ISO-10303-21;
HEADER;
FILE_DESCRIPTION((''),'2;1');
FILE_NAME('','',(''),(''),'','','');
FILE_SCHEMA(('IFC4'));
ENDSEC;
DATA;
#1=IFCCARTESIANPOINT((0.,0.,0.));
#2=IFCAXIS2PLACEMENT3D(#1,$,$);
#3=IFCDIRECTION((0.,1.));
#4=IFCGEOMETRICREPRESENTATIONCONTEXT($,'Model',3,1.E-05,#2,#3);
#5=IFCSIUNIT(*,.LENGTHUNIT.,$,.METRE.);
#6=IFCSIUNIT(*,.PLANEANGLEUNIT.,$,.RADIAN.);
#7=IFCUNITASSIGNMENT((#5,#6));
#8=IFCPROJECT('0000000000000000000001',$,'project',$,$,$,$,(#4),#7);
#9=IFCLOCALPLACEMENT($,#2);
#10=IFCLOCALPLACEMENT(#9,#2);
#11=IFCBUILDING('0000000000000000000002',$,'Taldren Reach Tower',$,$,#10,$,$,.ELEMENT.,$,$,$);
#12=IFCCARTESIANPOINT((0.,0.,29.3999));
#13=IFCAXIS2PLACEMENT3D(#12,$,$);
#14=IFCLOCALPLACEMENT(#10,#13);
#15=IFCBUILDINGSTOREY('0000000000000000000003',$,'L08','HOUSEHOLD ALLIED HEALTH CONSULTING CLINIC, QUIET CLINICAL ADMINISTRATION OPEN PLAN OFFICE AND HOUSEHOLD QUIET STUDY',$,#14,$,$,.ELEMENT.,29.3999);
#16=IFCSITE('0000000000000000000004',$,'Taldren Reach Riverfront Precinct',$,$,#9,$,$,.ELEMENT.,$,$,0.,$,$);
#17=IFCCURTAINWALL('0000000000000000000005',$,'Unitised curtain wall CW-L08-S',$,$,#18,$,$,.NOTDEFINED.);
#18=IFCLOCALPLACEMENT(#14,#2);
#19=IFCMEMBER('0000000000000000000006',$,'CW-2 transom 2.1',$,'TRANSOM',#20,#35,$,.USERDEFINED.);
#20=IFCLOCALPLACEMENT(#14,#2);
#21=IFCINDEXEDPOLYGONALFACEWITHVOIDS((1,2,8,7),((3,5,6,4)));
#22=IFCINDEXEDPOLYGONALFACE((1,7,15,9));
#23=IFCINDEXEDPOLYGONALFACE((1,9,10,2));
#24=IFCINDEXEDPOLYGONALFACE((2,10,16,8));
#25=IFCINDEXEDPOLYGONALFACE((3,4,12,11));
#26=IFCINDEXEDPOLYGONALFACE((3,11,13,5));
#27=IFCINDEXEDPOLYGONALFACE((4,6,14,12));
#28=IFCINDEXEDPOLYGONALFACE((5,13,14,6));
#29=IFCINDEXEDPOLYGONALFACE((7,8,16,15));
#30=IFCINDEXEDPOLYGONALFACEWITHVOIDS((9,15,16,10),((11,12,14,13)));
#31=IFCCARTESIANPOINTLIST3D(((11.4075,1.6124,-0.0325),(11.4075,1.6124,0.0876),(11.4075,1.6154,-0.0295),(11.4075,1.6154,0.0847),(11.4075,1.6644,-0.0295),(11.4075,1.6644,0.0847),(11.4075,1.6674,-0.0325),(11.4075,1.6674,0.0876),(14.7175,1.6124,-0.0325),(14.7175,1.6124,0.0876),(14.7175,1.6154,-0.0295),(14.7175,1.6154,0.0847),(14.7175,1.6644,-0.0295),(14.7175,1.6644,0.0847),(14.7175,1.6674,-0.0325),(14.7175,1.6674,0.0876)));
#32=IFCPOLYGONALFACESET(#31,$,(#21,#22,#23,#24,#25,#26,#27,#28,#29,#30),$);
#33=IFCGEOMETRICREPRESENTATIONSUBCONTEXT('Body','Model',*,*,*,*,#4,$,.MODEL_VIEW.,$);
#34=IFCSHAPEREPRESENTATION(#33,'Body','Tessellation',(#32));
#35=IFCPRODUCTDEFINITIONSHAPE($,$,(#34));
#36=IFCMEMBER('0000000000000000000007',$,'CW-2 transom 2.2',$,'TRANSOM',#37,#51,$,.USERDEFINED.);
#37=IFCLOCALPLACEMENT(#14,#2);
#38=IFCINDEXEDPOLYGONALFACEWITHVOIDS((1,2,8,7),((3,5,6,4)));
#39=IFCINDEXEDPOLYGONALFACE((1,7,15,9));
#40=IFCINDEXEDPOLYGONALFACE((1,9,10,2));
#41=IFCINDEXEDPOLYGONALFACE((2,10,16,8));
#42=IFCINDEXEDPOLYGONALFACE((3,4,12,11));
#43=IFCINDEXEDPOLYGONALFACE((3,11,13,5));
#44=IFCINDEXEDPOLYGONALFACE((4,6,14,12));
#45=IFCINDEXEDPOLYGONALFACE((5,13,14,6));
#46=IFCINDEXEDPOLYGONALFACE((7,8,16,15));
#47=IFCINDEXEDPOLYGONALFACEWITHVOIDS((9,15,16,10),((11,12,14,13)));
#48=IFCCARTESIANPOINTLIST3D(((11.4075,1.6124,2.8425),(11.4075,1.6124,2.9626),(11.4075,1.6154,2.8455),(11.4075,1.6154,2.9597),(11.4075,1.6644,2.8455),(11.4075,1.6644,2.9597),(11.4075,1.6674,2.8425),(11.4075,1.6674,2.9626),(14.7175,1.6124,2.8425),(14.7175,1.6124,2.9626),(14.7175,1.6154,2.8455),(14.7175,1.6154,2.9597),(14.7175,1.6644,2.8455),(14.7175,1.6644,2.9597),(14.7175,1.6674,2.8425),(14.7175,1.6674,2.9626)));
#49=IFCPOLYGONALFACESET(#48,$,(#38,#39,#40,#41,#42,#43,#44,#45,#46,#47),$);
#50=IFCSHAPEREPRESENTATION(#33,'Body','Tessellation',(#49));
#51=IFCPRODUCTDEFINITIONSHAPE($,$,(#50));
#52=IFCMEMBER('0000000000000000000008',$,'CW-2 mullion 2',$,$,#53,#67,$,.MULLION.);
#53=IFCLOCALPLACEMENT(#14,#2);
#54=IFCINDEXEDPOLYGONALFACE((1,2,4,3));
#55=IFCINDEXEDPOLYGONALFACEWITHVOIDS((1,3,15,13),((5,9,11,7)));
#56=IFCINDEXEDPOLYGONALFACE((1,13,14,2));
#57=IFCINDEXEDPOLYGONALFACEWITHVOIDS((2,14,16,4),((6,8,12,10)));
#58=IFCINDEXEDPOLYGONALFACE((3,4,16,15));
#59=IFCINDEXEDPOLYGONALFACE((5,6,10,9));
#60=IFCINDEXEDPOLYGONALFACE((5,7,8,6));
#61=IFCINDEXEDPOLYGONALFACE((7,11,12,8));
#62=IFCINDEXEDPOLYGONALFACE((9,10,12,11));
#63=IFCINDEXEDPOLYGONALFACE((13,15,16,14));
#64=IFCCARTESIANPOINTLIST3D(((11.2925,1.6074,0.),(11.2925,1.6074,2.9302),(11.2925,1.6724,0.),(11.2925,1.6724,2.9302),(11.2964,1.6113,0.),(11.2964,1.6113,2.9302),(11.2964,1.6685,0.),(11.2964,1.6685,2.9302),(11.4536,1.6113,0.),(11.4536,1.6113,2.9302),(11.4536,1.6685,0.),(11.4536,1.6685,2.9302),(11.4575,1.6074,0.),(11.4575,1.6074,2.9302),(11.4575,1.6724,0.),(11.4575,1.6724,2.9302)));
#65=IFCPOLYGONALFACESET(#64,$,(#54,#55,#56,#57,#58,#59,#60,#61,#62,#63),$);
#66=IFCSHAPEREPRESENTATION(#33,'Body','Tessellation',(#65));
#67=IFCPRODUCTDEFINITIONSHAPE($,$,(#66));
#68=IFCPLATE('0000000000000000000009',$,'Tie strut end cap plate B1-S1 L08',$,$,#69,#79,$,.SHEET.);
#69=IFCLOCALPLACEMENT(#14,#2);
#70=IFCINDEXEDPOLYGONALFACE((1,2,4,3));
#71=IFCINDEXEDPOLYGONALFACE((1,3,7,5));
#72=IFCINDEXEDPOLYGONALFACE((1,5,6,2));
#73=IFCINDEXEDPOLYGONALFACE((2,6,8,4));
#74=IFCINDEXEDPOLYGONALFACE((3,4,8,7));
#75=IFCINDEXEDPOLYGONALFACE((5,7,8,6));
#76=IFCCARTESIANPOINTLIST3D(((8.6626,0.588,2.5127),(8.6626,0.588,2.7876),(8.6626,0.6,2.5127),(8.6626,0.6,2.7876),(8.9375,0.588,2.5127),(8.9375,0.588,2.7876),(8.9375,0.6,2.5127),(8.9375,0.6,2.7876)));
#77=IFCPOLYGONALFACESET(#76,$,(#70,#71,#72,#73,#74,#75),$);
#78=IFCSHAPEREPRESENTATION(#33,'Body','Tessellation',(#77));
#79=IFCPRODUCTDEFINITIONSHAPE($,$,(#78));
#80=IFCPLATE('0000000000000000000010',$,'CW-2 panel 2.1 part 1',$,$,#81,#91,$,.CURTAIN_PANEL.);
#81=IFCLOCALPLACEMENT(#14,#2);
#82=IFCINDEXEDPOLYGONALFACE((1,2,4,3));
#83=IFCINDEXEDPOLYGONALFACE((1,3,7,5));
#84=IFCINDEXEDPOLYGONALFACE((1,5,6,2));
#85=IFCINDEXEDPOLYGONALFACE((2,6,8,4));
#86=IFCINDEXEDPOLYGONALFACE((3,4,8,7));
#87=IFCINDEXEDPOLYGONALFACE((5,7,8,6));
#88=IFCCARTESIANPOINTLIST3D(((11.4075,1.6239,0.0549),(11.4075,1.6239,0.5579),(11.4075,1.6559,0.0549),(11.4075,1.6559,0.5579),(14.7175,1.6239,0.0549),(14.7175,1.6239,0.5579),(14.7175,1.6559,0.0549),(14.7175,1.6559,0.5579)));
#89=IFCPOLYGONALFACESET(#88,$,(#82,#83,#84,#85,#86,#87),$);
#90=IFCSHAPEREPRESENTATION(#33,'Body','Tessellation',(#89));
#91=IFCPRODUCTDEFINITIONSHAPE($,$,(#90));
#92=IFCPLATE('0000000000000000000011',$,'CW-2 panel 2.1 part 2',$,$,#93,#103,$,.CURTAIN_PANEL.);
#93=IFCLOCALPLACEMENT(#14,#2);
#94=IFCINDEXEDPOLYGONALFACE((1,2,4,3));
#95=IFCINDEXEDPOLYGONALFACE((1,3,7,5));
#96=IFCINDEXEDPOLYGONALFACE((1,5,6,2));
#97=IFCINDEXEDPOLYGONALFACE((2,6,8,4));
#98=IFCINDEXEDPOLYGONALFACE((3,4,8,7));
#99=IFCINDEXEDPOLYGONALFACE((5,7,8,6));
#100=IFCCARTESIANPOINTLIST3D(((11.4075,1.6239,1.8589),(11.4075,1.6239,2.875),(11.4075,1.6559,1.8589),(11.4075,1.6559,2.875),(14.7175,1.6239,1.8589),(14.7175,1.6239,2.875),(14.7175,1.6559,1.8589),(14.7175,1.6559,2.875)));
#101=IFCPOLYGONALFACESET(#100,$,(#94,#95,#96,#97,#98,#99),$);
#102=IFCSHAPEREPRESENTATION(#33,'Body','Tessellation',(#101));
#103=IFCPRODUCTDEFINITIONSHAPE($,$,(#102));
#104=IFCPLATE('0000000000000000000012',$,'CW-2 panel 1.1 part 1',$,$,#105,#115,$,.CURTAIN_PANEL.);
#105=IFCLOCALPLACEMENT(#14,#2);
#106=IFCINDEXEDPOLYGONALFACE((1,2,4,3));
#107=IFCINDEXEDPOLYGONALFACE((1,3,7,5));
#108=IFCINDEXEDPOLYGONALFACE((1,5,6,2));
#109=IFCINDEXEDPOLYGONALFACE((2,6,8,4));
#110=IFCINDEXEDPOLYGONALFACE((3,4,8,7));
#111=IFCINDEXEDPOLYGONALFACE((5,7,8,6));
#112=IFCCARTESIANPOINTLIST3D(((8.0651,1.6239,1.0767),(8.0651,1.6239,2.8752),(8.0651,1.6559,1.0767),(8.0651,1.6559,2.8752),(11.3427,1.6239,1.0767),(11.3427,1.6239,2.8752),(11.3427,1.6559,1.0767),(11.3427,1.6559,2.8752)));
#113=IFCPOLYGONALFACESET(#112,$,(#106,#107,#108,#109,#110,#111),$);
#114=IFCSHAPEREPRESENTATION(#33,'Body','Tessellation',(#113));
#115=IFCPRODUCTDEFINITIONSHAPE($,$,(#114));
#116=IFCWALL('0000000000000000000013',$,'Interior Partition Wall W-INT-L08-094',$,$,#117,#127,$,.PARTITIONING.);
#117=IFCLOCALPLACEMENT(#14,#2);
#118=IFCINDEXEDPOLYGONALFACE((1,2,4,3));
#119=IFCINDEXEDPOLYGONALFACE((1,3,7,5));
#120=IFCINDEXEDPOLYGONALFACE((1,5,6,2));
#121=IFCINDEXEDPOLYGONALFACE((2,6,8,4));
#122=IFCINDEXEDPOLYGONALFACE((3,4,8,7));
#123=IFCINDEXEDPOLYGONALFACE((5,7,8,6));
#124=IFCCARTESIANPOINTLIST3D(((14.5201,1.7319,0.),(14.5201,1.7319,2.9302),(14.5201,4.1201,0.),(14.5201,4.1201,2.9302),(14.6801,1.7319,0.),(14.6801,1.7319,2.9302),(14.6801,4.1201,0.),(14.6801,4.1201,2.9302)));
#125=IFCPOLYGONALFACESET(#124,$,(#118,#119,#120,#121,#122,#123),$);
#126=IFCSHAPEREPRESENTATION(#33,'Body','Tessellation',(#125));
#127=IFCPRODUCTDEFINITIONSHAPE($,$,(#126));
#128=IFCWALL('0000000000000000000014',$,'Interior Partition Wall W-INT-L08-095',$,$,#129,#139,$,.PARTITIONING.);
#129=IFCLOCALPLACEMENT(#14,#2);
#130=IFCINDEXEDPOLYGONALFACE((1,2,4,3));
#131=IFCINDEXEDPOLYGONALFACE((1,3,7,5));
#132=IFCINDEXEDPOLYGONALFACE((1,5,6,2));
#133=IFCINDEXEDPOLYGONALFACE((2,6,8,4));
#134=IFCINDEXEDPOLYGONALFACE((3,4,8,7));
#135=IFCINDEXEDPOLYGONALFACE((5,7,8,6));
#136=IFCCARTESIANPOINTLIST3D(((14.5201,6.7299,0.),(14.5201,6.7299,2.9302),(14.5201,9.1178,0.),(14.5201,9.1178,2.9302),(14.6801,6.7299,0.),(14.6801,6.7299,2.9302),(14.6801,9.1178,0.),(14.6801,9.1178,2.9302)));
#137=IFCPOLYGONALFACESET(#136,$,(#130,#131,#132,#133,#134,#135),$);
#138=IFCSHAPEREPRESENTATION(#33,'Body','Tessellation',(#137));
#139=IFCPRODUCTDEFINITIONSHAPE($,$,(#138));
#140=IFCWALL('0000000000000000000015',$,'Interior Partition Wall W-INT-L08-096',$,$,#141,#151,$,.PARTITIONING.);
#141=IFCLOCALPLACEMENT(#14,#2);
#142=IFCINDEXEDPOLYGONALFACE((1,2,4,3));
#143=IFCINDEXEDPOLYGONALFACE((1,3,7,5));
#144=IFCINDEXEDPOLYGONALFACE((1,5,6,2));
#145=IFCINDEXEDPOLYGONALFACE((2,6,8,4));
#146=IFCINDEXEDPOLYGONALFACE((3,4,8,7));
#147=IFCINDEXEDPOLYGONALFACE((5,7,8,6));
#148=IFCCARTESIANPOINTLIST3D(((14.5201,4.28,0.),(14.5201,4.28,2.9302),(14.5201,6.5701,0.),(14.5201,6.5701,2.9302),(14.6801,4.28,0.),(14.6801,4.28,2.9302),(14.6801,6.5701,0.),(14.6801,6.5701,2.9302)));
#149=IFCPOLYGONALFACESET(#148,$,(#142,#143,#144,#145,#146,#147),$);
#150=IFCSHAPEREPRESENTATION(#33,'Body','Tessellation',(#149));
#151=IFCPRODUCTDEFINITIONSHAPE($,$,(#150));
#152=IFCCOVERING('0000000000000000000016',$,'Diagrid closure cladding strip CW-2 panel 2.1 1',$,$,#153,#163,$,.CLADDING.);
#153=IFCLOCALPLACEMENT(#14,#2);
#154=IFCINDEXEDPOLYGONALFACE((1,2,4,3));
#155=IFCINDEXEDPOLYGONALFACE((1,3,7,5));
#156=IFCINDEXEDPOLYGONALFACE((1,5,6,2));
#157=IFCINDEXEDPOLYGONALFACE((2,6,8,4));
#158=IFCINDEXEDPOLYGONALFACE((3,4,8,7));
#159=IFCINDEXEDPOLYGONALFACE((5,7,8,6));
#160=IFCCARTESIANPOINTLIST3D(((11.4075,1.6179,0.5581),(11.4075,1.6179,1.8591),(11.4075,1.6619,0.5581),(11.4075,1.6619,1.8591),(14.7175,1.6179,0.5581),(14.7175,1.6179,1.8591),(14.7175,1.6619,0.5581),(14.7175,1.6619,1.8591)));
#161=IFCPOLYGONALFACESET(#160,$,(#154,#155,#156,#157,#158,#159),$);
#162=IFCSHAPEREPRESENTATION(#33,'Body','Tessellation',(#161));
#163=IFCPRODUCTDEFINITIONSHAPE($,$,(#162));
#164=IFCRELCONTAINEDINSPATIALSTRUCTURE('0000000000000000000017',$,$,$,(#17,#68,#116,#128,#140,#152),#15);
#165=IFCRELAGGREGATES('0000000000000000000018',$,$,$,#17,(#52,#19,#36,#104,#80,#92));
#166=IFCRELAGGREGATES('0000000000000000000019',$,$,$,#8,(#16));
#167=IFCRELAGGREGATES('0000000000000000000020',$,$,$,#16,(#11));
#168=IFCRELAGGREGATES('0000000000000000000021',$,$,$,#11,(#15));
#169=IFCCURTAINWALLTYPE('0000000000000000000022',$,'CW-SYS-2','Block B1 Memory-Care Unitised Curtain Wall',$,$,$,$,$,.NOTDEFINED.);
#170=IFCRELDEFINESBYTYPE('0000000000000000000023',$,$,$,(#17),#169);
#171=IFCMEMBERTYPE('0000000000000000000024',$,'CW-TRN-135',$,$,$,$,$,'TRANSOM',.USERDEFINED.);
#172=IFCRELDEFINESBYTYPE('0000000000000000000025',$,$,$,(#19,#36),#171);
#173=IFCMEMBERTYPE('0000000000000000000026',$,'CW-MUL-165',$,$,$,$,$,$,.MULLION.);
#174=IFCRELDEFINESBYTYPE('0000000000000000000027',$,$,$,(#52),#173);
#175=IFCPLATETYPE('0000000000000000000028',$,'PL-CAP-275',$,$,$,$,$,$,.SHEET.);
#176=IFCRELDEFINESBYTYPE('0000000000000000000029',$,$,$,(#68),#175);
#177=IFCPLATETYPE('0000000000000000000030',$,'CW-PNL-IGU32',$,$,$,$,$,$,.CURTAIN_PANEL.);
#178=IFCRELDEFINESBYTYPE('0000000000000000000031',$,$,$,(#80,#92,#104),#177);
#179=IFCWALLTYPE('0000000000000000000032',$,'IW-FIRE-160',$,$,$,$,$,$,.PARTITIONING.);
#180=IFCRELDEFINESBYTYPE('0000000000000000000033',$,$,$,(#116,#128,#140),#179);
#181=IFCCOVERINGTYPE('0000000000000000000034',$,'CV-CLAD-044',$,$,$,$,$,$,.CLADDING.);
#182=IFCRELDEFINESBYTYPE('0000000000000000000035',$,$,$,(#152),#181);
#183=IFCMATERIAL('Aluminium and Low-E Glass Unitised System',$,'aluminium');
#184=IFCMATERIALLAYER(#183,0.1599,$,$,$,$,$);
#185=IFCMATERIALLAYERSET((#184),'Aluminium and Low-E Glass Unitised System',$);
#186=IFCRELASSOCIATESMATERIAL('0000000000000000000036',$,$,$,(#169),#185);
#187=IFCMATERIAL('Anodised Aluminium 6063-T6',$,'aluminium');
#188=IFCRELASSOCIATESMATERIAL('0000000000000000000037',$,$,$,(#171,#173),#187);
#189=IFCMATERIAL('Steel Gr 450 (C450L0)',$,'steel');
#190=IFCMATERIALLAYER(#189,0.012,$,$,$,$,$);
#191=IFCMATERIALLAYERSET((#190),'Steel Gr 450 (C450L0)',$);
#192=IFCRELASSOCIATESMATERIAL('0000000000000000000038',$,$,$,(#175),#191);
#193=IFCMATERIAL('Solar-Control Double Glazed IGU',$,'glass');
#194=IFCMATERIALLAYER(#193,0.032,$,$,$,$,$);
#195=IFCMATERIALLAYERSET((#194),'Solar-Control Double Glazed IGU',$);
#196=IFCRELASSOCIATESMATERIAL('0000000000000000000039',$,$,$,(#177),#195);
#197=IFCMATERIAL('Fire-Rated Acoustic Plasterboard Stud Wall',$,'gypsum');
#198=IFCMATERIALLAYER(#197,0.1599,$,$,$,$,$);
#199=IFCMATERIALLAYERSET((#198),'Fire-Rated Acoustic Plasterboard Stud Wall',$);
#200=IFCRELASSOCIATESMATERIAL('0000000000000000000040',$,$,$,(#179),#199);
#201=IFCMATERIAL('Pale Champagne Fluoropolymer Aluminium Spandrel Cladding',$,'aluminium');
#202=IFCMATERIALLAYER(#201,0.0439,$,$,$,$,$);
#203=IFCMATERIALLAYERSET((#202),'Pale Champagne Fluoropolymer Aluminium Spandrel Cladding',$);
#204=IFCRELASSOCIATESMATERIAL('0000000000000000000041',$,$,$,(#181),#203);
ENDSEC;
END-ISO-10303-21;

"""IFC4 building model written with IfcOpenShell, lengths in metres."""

from ifc_helpers import new_model, si_unit, direction, frame, frame_2d, origin, origin_2d, place, context, subcontext, project, spatial, rectangle, hollow_rectangle, extrude, source, transform, mapped, material, layer, layer_set, material_profile, profile_set, type_object, element, aggregate, save


model = new_model("IFC4")

# Units and contexts
model_context = context("Model", 3, precision=1e-05, world=origin(), true_north=direction((0.0, 1.0)))
body_context = subcontext(model_context, "Body", "Model", "MODEL_VIEW")
ifc_project = project(units=[si_unit("LENGTHUNIT", "METRE"), si_unit("PLANEANGLEUNIT", "RADIAN")], contexts=[model_context])

# Site, building, storey
site_placement = place(None, origin())
site = spatial("IfcSite", under=ifc_project, at=site_placement, Name="Taldren Reach Riverfront Precinct", CompositionType="ELEMENT", RefElevation=0.0)
building_placement = place(site_placement, origin())
building = spatial("IfcBuilding", under=site, at=building_placement, Name="Taldren Reach Tower", CompositionType="ELEMENT")
storey_placement = place(building_placement, frame((0.0, 0.0, 29.3999)))
storey = spatial("IfcBuildingStorey", under=building, at=storey_placement, Name="L08", Description="HOUSEHOLD ALLIED HEALTH CONSULTING CLINIC, QUIET CLINICAL ADMINISTRATION OPEN PLAN OFFICE AND HOUSEHOLD QUIET STUDY", CompositionType="ELEMENT", Elevation=29.3999)

# Shared definitions
ifc_material_1 = material(Name="Steel Gr 450 (C450L0)", Category="steel")

# Curtain wall, members
ifc_material_2 = material(Name="Aluminium and Low-E Glass Unitised System", Category="aluminium")
ifc_layer_1 = layer(ifc_material_2, 0.1599)
ifc_layer_set_1 = layer_set([ifc_layer_1], Name="Aluminium and Low-E Glass Unitised System")
curtain_wall_type = type_object("IfcCurtainWallType", Name="CW-SYS-2", Description="Block B1 Memory-Care Unitised Curtain Wall", PredefinedType="NOTDEFINED", material=ifc_layer_set_1)
curtain_wall_placement = place(storey_placement, origin())
curtain_wall = element("IfcCurtainWall", 1, at=curtain_wall_placement, inside=storey, type_object=curtain_wall_type, Name="Unitised curtain wall CW-L08-S", PredefinedType="NOTDEFINED")
ifc_material_3 = material(Name="Anodised Aluminium 6063-T6", Category="aluminium")
ifc_material_profile_1 = material_profile(ifc_material_3, hollow_rectangle(XDim=0.0549, YDim=0.1201, WallThickness=0.0029, at=origin_2d()), Name="ALU-120x55x3RHS")
ifc_profile_set_1 = profile_set([ifc_material_profile_1], Name="Anodised Aluminium 6063-T6")
member_type_1 = type_object("IfcMemberType", Name="CW-TRN-135", ElementType="TRANSOM", PredefinedType="USERDEFINED", material=ifc_profile_set_1)
shared_shape_1 = source(origin(), body_context, "Body", "SweptSolid", [
    extrude(hollow_rectangle(XDim=0.0549, YDim=0.1201, WallThickness=0.0029, at=origin_2d()), origin(), (0.0, 0.0, 1.0), 3.3101),
])
member_1_placement = place(storey_placement, frame((11.4075, 1.6399, 0.0276), z_axis=(1.0, 0.0, 0.0), x_axis=(0.0, 1.0, 0.0)))
member_1 = element("IfcMember", 2, at=member_1_placement, type_object=member_type_1, Name="CW-2 transom 2.1", ObjectType="TRANSOM", PredefinedType="USERDEFINED", context=body_context, shape_type="MappedRepresentation", body=[
    mapped(shared_shape_1, transform((0.0, 0.0, 0.0), scale=1.0)),
])
member_2_placement = place(storey_placement, frame((11.4075, 1.6399, 2.9026), z_axis=(1.0, 0.0, 0.0), x_axis=(0.0, 1.0, 0.0)))
member_2 = element("IfcMember", 3, at=member_2_placement, type_object=member_type_1, Name="CW-2 transom 2.2", ObjectType="TRANSOM", PredefinedType="USERDEFINED", context=body_context, shape_type="MappedRepresentation", body=[
    mapped(shared_shape_1, transform((0.0, 0.0, 0.0), scale=1.0)),
])
ifc_material_profile_2 = material_profile(ifc_material_3, hollow_rectangle(XDim=0.0649, YDim=0.165, WallThickness=0.0039, at=origin_2d()), Name="ALU-165x65x4RHS")
ifc_profile_set_2 = profile_set([ifc_material_profile_2], Name="Anodised Aluminium 6063-T6")
member_type_2 = type_object("IfcMemberType", Name="CW-MUL-165", PredefinedType="MULLION", material=ifc_profile_set_2)
shared_shape_2 = source(origin(), body_context, "Body", "SweptSolid", [
    extrude(hollow_rectangle(XDim=0.0649, YDim=0.165, WallThickness=0.0039, at=origin_2d()), origin(), (0.0, 0.0, 1.0), 2.9302),
])
member_3_placement = place(storey_placement, frame((11.375, 1.6399, 0.0), z_axis=(0.0, 0.0, 1.0), x_axis=(0.0, 1.0, 0.0)))
member_3 = element("IfcMember", 4, at=member_3_placement, type_object=member_type_2, Name="CW-2 mullion 2", PredefinedType="MULLION", context=body_context, shape_type="MappedRepresentation", body=[
    mapped(shared_shape_2, transform((0.0, 0.0, 0.0), scale=1.0)),
])

# Plates
ifc_layer_2 = layer(ifc_material_1, 0.012)
ifc_layer_set_2 = layer_set([ifc_layer_2], Name="Steel Gr 450 (C450L0)")
plate_type_1 = type_object("IfcPlateType", Name="PL-CAP-275", PredefinedType="SHEET", material=ifc_layer_set_2)
shared_shape_3 = source(origin(), body_context, "Body", "SweptSolid", [
    extrude(rectangle(XDim=0.2749, YDim=0.012, at=origin_2d()), origin(), (0.0, 0.0, 1.0), 0.2749),
])
plate_1_placement = place(storey_placement, frame((8.8, 0.594, 2.5127), z_axis=(0.0, 0.0, 1.0), x_axis=(1.0, 0.0, 0.0)))
element("IfcPlate", 5, at=plate_1_placement, inside=storey, type_object=plate_type_1, Name="Tie strut end cap plate B1-S1 L08", PredefinedType="SHEET", context=body_context, shape_type="MappedRepresentation", body=[
    mapped(shared_shape_3, transform((0.0, 0.0, 0.0), scale=1.0)),
])
ifc_material_4 = material(Name="Solar-Control Double Glazed IGU", Category="glass")
ifc_layer_3 = layer(ifc_material_4, 0.032)
ifc_layer_set_3 = layer_set([ifc_layer_3], Name="Solar-Control Double Glazed IGU")
plate_type_2 = type_object("IfcPlateType", Name="CW-PNL-IGU32", PredefinedType="CURTAIN_PANEL", material=ifc_layer_set_3)
shared_shape_4 = source(origin(), body_context, "Body", "SweptSolid", [
    extrude(rectangle(XDim=3.3101, YDim=0.032, at=origin_2d()), origin(), (0.0, 0.0, 1.0), 0.5029),
])
plate_2_placement = place(storey_placement, frame((13.0625, 1.6399, 0.0549), z_axis=(0.0, 0.0, 1.0), x_axis=(1.0, 0.0, 0.0)))
plate_2 = element("IfcPlate", 6, at=plate_2_placement, type_object=plate_type_2, Name="CW-2 panel 2.1 part 1", PredefinedType="CURTAIN_PANEL", context=body_context, shape_type="MappedRepresentation", body=[
    mapped(shared_shape_4, transform((0.0, 0.0, 0.0), scale=1.0)),
])
shared_shape_5 = source(origin(), body_context, "Body", "SweptSolid", [
    extrude(rectangle(XDim=3.3101, YDim=0.032, at=origin_2d()), origin(), (0.0, 0.0, 1.0), 1.0161),
])
plate_3_placement = place(storey_placement, frame((13.0625, 1.6399, 1.8589), z_axis=(0.0, 0.0, 1.0), x_axis=(1.0, 0.0, 0.0)))
plate_3 = element("IfcPlate", 7, at=plate_3_placement, type_object=plate_type_2, Name="CW-2 panel 2.1 part 2", PredefinedType="CURTAIN_PANEL", context=body_context, shape_type="MappedRepresentation", body=[
    mapped(shared_shape_5, transform((0.0, 0.0, 0.0), scale=1.0)),
])
shared_shape_6 = source(origin(), body_context, "Body", "SweptSolid", [
    extrude(rectangle(XDim=3.2776, YDim=0.032, at=origin_2d()), origin(), (0.0, 0.0, 1.0), 1.7986),
])
plate_4_placement = place(storey_placement, frame((9.7039, 1.6399, 1.0767), z_axis=(0.0, 0.0, 1.0), x_axis=(1.0, 0.0, 0.0)))
plate_4 = element("IfcPlate", 8, at=plate_4_placement, type_object=plate_type_2, Name="CW-2 panel 1.1 part 1", PredefinedType="CURTAIN_PANEL", context=body_context, shape_type="MappedRepresentation", body=[
    mapped(shared_shape_6, transform((0.0, 0.0, 0.0), scale=1.0)),
])
aggregate(curtain_wall, [member_3, member_1, member_2, plate_4, plate_2, plate_3])

# Walls
ifc_material_5 = material(Name="Fire-Rated Acoustic Plasterboard Stud Wall", Category="gypsum")
ifc_layer_4 = layer(ifc_material_5, 0.1599)
ifc_layer_set_4 = layer_set([ifc_layer_4], Name="Fire-Rated Acoustic Plasterboard Stud Wall")
wall_type = type_object("IfcWallType", Name="IW-FIRE-160", PredefinedType="PARTITIONING", material=ifc_layer_set_4)
shared_shape_7 = source(origin(), body_context, "Body", "SweptSolid", [
    extrude(rectangle(XDim=2.3882, YDim=0.1599, at=frame_2d((1.1941, 0.0))), origin(), (0.0, 0.0, 1.0), 2.9302),
])
wall_1_placement = place(storey_placement, frame((14.6001, 1.7319, 0.0), z_axis=(0.0, 0.0, 1.0), x_axis=(0.0, 1.0, 0.0)))
element("IfcWall", 9, at=wall_1_placement, inside=storey, type_object=wall_type, Name="Interior Partition Wall W-INT-L08-094", PredefinedType="PARTITIONING", context=body_context, shape_type="MappedRepresentation", body=[
    mapped(shared_shape_7, transform((0.0, 0.0, 0.0), scale=1.0)),
])
shared_shape_8 = source(origin(), body_context, "Body", "SweptSolid", [
    extrude(rectangle(XDim=2.3879, YDim=0.1599, at=frame_2d((1.1938, 0.0))), origin(), (0.0, 0.0, 1.0), 2.9302),
])
wall_2_placement = place(storey_placement, frame((14.6001, 6.73, 0.0), z_axis=(0.0, 0.0, 1.0), x_axis=(0.0, 1.0, 0.0)))
element("IfcWall", 10, at=wall_2_placement, inside=storey, type_object=wall_type, Name="Interior Partition Wall W-INT-L08-095", PredefinedType="PARTITIONING", context=body_context, shape_type="MappedRepresentation", body=[
    mapped(shared_shape_8, transform((0.0, 0.0, 0.0), scale=1.0)),
])
shared_shape_9 = source(origin(), body_context, "Body", "SweptSolid", [
    extrude(rectangle(XDim=2.29, YDim=0.1599, at=frame_2d((1.145, 0.0))), origin(), (0.0, 0.0, 1.0), 2.9302),
])
wall_3_placement = place(storey_placement, frame((14.6001, 4.28, 0.0), z_axis=(0.0, 0.0, 1.0), x_axis=(0.0, 1.0, 0.0)))
element("IfcWall", 11, at=wall_3_placement, inside=storey, type_object=wall_type, Name="Interior Partition Wall W-INT-L08-096", PredefinedType="PARTITIONING", context=body_context, shape_type="MappedRepresentation", body=[
    mapped(shared_shape_9, transform((0.0, 0.0, 0.0), scale=1.0)),
])

# Covering
ifc_material_6 = material(Name="Pale Champagne Fluoropolymer Aluminium Spandrel Cladding", Category="aluminium")
ifc_layer_5 = layer(ifc_material_6, 0.0439)
ifc_layer_set_5 = layer_set([ifc_layer_5], Name="Pale Champagne Fluoropolymer Aluminium Spandrel Cladding")
covering_type = type_object("IfcCoveringType", Name="CV-CLAD-044", PredefinedType="CLADDING", material=ifc_layer_set_5)
shared_shape_10 = source(origin(), body_context, "Body", "SweptSolid", [
    extrude(rectangle(XDim=3.3101, YDim=0.0439, at=origin_2d()), origin(), (0.0, 0.0, 1.0), 1.301),
])
covering_1_placement = place(storey_placement, frame((13.0625, 1.6399, 0.5581), z_axis=(0.0, 0.0, 1.0), x_axis=(1.0, 0.0, 0.0)))
element("IfcCovering", 12, at=covering_1_placement, inside=storey, type_object=covering_type, Name="Diagrid closure cladding strip CW-2 panel 2.1 1", PredefinedType="CLADDING", context=body_context, shape_type="MappedRepresentation", body=[
    mapped(shared_shape_10, transform((0.0, 0.0, 0.0), scale=1.0)),
])

save(model, "model.ifc")
